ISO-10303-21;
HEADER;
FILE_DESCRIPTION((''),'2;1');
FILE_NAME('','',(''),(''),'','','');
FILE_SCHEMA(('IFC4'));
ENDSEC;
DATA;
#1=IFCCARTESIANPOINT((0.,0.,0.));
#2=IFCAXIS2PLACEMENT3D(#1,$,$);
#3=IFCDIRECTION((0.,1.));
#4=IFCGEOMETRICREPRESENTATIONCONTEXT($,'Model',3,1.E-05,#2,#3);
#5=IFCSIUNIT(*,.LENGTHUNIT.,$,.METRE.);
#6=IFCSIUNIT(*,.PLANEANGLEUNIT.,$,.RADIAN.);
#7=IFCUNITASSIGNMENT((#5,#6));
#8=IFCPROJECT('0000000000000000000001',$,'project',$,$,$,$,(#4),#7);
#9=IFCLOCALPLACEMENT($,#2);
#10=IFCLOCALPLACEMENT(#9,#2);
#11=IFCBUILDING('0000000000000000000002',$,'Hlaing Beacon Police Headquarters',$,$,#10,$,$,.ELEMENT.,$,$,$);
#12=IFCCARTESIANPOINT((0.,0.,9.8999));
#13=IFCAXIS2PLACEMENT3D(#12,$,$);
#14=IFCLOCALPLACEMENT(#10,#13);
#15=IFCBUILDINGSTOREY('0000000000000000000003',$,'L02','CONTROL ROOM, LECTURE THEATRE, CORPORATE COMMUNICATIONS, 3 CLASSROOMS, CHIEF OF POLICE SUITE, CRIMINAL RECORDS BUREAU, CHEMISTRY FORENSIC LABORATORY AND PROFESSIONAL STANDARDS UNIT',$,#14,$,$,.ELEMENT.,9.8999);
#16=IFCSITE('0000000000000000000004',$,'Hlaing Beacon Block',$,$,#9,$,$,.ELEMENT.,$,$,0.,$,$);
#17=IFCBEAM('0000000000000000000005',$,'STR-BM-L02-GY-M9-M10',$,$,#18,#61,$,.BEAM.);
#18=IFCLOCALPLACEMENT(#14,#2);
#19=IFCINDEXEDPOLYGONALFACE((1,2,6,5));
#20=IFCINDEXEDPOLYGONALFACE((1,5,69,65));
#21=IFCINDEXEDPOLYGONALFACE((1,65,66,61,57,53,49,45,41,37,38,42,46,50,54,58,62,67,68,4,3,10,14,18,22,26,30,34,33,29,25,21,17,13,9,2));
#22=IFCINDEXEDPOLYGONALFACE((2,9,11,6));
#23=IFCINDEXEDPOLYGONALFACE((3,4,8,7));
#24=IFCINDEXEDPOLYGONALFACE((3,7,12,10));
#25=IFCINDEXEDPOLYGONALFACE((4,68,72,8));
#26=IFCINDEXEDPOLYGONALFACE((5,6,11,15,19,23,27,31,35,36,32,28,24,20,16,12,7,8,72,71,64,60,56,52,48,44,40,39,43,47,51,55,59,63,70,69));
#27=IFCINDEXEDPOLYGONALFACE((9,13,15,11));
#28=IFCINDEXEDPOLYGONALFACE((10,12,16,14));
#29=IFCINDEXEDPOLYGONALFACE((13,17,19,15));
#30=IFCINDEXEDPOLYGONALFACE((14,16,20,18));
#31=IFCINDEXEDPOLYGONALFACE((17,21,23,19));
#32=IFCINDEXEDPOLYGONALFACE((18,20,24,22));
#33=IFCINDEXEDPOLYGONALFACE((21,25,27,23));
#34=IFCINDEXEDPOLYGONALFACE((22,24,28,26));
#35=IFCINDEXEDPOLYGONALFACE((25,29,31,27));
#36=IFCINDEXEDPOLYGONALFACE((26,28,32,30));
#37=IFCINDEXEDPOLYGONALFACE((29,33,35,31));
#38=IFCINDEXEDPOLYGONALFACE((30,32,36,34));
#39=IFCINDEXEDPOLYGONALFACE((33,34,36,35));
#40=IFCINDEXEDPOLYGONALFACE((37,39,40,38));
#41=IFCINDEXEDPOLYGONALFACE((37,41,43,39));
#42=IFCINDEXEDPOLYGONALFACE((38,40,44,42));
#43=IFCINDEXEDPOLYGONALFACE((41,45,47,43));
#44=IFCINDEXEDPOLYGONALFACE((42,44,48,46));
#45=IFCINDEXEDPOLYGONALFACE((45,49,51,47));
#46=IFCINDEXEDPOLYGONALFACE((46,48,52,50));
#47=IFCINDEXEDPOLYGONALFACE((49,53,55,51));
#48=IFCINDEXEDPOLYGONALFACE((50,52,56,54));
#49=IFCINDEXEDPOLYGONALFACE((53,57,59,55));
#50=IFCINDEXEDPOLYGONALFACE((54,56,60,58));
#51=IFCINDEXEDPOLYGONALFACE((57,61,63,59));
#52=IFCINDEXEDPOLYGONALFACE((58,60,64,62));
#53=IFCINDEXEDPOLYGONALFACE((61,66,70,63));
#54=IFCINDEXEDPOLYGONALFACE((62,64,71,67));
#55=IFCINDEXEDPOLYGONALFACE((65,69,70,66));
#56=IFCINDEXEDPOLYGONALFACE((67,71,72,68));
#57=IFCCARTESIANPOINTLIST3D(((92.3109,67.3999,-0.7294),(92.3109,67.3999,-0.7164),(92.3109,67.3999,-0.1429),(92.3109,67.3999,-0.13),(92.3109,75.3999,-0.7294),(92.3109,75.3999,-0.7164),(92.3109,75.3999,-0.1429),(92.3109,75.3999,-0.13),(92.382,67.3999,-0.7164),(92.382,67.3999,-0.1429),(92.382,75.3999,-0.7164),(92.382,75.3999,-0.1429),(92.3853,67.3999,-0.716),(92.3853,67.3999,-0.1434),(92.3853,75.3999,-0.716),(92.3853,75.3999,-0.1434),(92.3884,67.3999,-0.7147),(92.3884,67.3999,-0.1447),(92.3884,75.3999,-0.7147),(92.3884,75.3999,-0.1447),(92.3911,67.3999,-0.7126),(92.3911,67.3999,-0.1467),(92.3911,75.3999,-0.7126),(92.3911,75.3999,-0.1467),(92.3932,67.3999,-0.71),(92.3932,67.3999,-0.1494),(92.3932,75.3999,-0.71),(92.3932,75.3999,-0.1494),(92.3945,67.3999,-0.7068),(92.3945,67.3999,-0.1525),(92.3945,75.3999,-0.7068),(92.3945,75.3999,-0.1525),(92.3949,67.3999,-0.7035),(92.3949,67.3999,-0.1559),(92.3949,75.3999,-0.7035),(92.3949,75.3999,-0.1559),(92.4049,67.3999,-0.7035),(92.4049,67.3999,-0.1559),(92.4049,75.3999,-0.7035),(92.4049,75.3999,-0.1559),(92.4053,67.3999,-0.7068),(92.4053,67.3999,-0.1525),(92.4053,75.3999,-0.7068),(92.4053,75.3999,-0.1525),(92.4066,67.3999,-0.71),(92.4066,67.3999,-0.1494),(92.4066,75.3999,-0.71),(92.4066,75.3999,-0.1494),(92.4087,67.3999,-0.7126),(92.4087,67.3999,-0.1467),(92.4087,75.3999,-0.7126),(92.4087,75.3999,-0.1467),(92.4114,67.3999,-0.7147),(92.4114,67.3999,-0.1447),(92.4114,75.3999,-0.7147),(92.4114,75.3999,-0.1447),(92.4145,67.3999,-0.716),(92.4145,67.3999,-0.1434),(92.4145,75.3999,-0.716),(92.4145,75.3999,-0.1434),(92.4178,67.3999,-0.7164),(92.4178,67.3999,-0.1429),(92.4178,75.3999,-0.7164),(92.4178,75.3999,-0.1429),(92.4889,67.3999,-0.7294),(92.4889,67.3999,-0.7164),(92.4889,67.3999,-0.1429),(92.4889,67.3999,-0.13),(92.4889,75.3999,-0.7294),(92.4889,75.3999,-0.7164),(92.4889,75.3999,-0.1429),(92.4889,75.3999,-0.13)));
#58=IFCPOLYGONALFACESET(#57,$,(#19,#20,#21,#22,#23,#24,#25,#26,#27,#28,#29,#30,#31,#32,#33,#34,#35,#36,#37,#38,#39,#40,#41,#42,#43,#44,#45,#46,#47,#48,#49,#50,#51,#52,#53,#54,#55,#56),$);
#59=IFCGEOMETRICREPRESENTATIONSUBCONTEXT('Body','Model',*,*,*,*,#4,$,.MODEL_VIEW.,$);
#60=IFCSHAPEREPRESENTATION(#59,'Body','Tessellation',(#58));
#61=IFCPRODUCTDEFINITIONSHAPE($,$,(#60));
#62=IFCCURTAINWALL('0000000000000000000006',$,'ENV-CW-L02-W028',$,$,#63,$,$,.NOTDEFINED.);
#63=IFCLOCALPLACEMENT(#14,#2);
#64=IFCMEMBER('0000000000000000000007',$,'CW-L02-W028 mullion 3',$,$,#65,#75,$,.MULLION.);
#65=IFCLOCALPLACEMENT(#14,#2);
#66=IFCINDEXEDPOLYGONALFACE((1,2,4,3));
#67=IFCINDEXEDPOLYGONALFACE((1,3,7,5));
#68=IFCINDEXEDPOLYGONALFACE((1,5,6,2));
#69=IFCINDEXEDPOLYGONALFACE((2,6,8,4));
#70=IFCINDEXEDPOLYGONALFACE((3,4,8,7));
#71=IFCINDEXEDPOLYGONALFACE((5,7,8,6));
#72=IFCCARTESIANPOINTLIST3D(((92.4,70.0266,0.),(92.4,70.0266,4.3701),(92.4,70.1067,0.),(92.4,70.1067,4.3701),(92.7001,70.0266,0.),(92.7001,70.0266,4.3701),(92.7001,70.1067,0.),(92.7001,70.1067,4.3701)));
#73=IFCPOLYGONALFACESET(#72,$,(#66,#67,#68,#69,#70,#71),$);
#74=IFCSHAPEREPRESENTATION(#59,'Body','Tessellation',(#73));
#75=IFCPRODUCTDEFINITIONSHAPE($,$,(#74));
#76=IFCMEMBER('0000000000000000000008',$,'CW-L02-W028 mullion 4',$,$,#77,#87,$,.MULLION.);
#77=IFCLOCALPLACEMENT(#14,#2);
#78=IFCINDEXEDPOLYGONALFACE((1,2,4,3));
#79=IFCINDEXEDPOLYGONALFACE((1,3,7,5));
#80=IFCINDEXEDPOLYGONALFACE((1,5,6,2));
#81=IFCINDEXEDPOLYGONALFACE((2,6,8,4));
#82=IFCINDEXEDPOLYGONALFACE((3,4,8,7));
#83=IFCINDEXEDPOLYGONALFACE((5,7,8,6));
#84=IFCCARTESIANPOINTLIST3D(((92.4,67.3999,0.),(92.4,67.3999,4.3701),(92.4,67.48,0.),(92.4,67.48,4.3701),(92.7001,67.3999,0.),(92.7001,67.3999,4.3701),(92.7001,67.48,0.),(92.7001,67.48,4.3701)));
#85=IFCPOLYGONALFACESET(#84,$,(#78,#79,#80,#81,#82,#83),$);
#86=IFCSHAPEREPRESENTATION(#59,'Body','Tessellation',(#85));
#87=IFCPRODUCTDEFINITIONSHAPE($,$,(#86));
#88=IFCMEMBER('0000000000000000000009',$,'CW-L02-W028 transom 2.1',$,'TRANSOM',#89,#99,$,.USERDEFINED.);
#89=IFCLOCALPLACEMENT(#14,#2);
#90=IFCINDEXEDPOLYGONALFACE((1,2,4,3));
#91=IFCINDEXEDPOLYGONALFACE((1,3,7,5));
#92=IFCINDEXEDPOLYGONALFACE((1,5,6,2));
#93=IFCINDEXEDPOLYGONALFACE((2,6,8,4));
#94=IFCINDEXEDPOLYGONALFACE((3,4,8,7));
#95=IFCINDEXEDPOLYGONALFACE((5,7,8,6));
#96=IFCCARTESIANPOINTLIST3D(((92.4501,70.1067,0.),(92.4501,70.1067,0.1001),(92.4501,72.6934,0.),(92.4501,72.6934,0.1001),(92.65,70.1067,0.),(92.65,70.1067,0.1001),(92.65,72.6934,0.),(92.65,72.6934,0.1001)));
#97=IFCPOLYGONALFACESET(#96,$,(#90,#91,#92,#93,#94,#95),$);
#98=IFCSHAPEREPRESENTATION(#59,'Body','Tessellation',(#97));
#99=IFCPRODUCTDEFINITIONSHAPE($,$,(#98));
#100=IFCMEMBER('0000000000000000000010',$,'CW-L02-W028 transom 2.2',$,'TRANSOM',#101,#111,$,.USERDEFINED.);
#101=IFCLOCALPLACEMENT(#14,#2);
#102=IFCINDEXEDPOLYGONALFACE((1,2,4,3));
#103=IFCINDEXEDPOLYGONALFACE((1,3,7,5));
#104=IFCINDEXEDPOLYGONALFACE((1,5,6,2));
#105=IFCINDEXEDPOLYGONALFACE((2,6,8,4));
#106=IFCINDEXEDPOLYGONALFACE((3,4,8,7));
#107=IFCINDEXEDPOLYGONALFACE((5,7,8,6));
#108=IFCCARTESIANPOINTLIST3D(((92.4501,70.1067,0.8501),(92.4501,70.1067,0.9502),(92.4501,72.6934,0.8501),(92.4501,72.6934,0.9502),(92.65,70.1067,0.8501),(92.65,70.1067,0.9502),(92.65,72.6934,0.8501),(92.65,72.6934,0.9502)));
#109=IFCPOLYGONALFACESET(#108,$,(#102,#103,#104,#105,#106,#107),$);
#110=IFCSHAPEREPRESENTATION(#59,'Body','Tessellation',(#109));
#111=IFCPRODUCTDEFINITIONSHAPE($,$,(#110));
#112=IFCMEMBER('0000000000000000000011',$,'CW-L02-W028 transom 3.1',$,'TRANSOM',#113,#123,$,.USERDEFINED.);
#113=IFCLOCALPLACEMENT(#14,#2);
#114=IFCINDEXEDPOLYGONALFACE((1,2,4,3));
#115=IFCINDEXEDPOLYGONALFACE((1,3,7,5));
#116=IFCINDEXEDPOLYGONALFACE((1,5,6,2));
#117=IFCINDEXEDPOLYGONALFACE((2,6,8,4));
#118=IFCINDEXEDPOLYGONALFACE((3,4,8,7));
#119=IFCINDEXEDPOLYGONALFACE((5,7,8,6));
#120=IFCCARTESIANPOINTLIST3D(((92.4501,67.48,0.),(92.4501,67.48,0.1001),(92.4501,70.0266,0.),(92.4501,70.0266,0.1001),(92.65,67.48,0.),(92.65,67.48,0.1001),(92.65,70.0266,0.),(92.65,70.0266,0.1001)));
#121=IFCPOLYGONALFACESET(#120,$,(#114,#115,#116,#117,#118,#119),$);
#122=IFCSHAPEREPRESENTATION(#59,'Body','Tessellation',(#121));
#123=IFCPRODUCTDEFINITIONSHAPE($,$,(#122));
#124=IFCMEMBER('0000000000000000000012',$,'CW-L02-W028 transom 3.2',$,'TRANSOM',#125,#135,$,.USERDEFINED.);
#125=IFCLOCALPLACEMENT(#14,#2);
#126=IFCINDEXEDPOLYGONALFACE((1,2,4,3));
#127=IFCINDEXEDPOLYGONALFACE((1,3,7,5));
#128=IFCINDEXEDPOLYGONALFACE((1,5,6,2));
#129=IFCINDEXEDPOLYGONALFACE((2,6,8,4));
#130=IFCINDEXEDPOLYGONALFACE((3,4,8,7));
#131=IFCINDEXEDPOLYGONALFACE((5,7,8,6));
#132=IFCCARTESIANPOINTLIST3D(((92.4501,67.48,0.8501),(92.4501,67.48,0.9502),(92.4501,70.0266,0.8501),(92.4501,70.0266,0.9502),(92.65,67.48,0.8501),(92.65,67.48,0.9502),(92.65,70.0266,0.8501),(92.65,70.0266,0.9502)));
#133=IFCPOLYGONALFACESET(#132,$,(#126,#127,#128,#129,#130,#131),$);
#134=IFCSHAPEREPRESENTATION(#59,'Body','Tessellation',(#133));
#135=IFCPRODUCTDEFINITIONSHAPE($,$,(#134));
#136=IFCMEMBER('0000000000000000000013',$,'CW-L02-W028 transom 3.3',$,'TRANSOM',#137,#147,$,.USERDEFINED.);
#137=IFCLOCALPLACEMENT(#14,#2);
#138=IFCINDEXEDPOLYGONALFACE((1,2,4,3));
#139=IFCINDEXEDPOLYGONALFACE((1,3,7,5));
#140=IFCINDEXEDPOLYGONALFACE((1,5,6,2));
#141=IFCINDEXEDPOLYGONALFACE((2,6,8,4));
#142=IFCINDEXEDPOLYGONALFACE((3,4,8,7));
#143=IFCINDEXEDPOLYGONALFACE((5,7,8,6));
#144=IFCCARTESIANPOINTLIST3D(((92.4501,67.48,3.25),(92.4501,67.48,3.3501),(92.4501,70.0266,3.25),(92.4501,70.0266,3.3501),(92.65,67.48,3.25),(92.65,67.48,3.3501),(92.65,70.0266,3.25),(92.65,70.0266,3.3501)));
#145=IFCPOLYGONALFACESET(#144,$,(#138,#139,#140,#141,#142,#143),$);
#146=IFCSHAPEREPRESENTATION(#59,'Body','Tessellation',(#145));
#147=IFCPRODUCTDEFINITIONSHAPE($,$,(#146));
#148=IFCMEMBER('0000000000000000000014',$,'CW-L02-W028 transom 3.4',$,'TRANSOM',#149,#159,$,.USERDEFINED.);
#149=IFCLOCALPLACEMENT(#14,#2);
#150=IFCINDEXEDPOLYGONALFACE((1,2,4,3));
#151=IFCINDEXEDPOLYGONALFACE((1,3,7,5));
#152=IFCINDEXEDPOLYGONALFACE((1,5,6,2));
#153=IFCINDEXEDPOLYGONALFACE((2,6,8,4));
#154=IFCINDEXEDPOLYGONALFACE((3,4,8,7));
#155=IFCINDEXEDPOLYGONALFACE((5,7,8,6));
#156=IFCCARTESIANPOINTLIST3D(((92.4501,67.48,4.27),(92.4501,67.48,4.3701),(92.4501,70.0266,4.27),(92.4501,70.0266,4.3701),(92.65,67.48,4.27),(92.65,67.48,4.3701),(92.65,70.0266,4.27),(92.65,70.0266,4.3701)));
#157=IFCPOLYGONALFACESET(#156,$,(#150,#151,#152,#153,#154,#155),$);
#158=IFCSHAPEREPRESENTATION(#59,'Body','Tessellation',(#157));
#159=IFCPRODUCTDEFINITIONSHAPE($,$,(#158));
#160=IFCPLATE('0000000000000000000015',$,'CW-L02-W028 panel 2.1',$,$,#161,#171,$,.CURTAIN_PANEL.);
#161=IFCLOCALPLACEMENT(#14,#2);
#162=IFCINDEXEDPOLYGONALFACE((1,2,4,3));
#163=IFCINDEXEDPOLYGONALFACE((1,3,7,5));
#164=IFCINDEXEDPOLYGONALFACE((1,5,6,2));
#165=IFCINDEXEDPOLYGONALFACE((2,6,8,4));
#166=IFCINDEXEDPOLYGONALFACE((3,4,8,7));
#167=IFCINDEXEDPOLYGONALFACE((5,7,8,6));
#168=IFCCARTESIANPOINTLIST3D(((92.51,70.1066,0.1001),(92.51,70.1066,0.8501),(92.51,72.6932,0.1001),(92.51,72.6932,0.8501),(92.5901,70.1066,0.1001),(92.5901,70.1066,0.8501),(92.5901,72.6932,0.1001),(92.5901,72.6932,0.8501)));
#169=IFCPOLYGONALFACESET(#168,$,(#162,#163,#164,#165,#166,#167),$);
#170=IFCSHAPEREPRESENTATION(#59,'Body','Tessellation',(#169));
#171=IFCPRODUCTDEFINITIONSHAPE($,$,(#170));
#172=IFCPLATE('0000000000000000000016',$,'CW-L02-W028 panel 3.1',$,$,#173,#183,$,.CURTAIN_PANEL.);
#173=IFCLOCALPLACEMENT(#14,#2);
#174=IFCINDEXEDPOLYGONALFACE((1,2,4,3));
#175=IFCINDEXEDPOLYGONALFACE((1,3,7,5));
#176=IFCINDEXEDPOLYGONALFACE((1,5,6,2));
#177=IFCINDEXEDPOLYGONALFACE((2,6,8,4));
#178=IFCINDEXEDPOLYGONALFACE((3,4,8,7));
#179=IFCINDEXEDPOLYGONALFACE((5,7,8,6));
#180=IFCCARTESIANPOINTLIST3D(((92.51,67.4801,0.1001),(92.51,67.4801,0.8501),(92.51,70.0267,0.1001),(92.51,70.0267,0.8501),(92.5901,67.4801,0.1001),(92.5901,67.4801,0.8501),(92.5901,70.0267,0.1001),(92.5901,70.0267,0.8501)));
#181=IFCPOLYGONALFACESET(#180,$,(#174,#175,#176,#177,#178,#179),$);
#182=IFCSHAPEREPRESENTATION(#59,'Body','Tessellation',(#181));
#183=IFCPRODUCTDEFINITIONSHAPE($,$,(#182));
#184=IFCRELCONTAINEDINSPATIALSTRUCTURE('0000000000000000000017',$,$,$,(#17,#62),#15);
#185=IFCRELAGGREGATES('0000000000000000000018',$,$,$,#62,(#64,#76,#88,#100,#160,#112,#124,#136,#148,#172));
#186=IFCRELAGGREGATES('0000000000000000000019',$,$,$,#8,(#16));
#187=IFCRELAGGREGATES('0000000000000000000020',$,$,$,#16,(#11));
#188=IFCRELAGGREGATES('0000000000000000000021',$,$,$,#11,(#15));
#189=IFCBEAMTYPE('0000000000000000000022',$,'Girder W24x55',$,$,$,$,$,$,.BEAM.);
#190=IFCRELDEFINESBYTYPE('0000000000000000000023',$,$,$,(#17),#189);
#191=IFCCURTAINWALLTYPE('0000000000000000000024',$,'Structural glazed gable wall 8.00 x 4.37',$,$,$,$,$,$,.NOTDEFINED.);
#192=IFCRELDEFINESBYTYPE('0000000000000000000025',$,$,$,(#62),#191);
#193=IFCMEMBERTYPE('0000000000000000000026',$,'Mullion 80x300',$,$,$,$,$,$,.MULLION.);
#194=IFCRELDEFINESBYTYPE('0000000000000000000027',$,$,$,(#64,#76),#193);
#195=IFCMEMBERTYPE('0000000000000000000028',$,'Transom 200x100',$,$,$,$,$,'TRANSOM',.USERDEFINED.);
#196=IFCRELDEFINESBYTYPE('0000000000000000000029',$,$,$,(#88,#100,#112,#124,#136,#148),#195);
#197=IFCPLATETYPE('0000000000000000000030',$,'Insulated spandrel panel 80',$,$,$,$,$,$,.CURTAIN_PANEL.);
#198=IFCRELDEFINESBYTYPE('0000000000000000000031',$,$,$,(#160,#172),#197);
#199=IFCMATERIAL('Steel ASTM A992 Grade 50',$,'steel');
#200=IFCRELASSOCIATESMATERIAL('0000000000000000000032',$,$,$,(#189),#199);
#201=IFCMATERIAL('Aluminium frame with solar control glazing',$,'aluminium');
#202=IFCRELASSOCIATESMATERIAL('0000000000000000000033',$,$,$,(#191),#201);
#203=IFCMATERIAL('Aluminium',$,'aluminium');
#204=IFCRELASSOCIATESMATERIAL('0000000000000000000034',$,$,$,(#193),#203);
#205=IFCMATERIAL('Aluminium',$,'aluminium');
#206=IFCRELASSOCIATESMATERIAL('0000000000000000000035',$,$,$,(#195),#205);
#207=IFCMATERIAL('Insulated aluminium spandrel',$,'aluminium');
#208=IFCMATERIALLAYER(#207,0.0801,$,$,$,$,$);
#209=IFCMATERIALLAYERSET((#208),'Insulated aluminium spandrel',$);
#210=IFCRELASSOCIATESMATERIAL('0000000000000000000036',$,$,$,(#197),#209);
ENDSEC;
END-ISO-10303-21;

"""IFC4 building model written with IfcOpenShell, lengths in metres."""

from ifc_helpers import new_model, si_unit, direction, frame, origin, origin_2d, place, context, subcontext, project, spatial, rectangle, i_section, extrude, material, layer, layer_set, material_profile, profile_set, type_object, element, aggregate, save


model = new_model("IFC4")

# Units and contexts
model_context = context("Model", 3, precision=1e-05, world=origin(), true_north=direction((0.0, 1.0)))
body_context = subcontext(model_context, "Body", "Model", "MODEL_VIEW")
ifc_project = project(units=[si_unit("LENGTHUNIT", "METRE"), si_unit("PLANEANGLEUNIT", "RADIAN")], contexts=[model_context])

# Site, building, storey
site_placement = place(None, origin())
site = spatial("IfcSite", under=ifc_project, at=site_placement, Name="Hlaing Beacon Block", CompositionType="ELEMENT", RefElevation=0.0)
building_placement = place(site_placement, origin())
building = spatial("IfcBuilding", under=site, at=building_placement, Name="Hlaing Beacon Police Headquarters", CompositionType="ELEMENT")
storey_placement = place(building_placement, frame((0.0, 0.0, 9.8999)))
storey = spatial("IfcBuildingStorey", under=building, at=storey_placement, Name="L02", Description="CONTROL ROOM, LECTURE THEATRE, CORPORATE COMMUNICATIONS, 3 CLASSROOMS, CHIEF OF POLICE SUITE, CRIMINAL RECORDS BUREAU, CHEMISTRY FORENSIC LABORATORY AND PROFESSIONAL STANDARDS UNIT", CompositionType="ELEMENT", Elevation=9.8999)

# Beam
ifc_material_1 = material(Name="Steel ASTM A992 Grade 50", Category="steel")
ifc_material_profile_1 = material_profile(ifc_material_1, i_section(OverallWidth=0.178, OverallDepth=0.5994, WebThickness=0.01, FlangeThickness=0.0129, FilletRadius=0.0129, at=origin_2d()), Name="W24x55")
ifc_profile_set_1 = profile_set([ifc_material_profile_1], Name="Steel ASTM A992 Grade 50")
beam_type = type_object("IfcBeamType", Name="Girder W24x55", PredefinedType="BEAM", material=ifc_profile_set_1)
beam_placement = place(storey_placement, frame((92.3999, 67.3999, -0.4297), z_axis=(0.0, 1.0, 0.0), x_axis=(-1.0, 0.0, 0.0)))
element("IfcBeam", 1, at=beam_placement, inside=storey, type_object=beam_type, Name="STR-BM-L02-GY-M9-M10", PredefinedType="BEAM", context=body_context, shape_type="SweptSolid", body=[
    extrude(i_section(OverallWidth=0.178, OverallDepth=0.5994, WebThickness=0.01, FlangeThickness=0.0129, FilletRadius=0.0129, at=origin_2d()), origin(), (0.0, 0.0, 1.0), 8.0),
])

# Curtain wall, members, plates
ifc_material_2 = material(Name="Aluminium frame with solar control glazing", Category="aluminium")
curtain_wall_type = type_object("IfcCurtainWallType", Name="Structural glazed gable wall 8.00 x 4.37", PredefinedType="NOTDEFINED", material=ifc_material_2)
curtain_wall_placement = place(storey_placement, origin())
curtain_wall = element("IfcCurtainWall", 2, at=curtain_wall_placement, inside=storey, type_object=curtain_wall_type, Name="ENV-CW-L02-W028", PredefinedType="NOTDEFINED")
ifc_material_3 = material(Name="Aluminium", Category="aluminium")
ifc_material_profile_2 = material_profile(ifc_material_3, rectangle(XDim=0.3, YDim=0.0801, at=origin_2d()), Name="Mullion 80x300")
ifc_profile_set_2 = profile_set([ifc_material_profile_2], Name="Aluminium")
member_type_1 = type_object("IfcMemberType", Name="Mullion 80x300", PredefinedType="MULLION", material=ifc_profile_set_2)
member_1_placement = place(storey_placement, frame((92.55, 70.0667, 0.0), z_axis=(0.0, 0.0, 1.0), x_axis=(1.0, 0.0, 0.0)))
member_1 = element("IfcMember", 3, at=member_1_placement, type_object=member_type_1, Name="CW-L02-W028 mullion 3", PredefinedType="MULLION", context=body_context, shape_type="SweptSolid", body=[
    extrude(rectangle(XDim=0.3, YDim=0.0801, at=origin_2d()), origin(), (0.0, 0.0, 1.0), 4.3701),
])
member_2_placement = place(storey_placement, frame((92.55, 67.4399, 0.0), z_axis=(0.0, 0.0, 1.0), x_axis=(1.0, 0.0, 0.0)))
member_2 = element("IfcMember", 4, at=member_2_placement, type_object=member_type_1, Name="CW-L02-W028 mullion 4", PredefinedType="MULLION", context=body_context, shape_type="SweptSolid", body=[
    extrude(rectangle(XDim=0.3, YDim=0.0801, at=origin_2d()), origin(), (0.0, 0.0, 1.0), 4.3701),
])
ifc_material_4 = material(Name="Aluminium", Category="aluminium")
ifc_material_profile_3 = material_profile(ifc_material_4, rectangle(XDim=0.2, YDim=0.1001, at=origin_2d()), Name="Transom 200x100")
ifc_profile_set_3 = profile_set([ifc_material_profile_3], Name="Aluminium")
member_type_2 = type_object("IfcMemberType", Name="Transom 200x100", ElementType="TRANSOM", PredefinedType="USERDEFINED", material=ifc_profile_set_3)
member_3_placement = place(storey_placement, frame((92.55, 72.6934, 0.05), z_axis=(0.0, -1.0, 0.0), x_axis=(1.0, 0.0, 0.0)))
member_3 = element("IfcMember", 5, at=member_3_placement, type_object=member_type_2, Name="CW-L02-W028 transom 2.1", ObjectType="TRANSOM", PredefinedType="USERDEFINED", context=body_context, shape_type="SweptSolid", body=[
    extrude(rectangle(XDim=0.2, YDim=0.1001, at=origin_2d()), origin(), (0.0, 0.0, 1.0), 2.5867),
])
member_4_placement = place(storey_placement, frame((92.55, 72.6934, 0.9001), z_axis=(0.0, -1.0, 0.0), x_axis=(1.0, 0.0, 0.0)))
member_4 = element("IfcMember", 6, at=member_4_placement, type_object=member_type_2, Name="CW-L02-W028 transom 2.2", ObjectType="TRANSOM", PredefinedType="USERDEFINED", context=body_context, shape_type="SweptSolid", body=[
    extrude(rectangle(XDim=0.2, YDim=0.1001, at=origin_2d()), origin(), (0.0, 0.0, 1.0), 2.5867),
])
member_5_placement = place(storey_placement, frame((92.55, 70.0266, 0.05), z_axis=(0.0, -1.0, 0.0), x_axis=(1.0, 0.0, 0.0)))
member_5 = element("IfcMember", 7, at=member_5_placement, type_object=member_type_2, Name="CW-L02-W028 transom 3.1", ObjectType="TRANSOM", PredefinedType="USERDEFINED", context=body_context, shape_type="SweptSolid", body=[
    extrude(rectangle(XDim=0.2, YDim=0.1001, at=origin_2d()), origin(), (0.0, 0.0, 1.0), 2.5466),
])
member_6_placement = place(storey_placement, frame((92.55, 70.0266, 0.9001), z_axis=(0.0, -1.0, 0.0), x_axis=(1.0, 0.0, 0.0)))
member_6 = element("IfcMember", 8, at=member_6_placement, type_object=member_type_2, Name="CW-L02-W028 transom 3.2", ObjectType="TRANSOM", PredefinedType="USERDEFINED", context=body_context, shape_type="SweptSolid", body=[
    extrude(rectangle(XDim=0.2, YDim=0.1001, at=origin_2d()), origin(), (0.0, 0.0, 1.0), 2.5466),
])
member_7_placement = place(storey_placement, frame((92.55, 70.0266, 3.3), z_axis=(0.0, -1.0, 0.0), x_axis=(1.0, 0.0, 0.0)))
member_7 = element("IfcMember", 9, at=member_7_placement, type_object=member_type_2, Name="CW-L02-W028 transom 3.3", ObjectType="TRANSOM", PredefinedType="USERDEFINED", context=body_context, shape_type="SweptSolid", body=[
    extrude(rectangle(XDim=0.2, YDim=0.1001, at=origin_2d()), origin(), (0.0, 0.0, 1.0), 2.5466),
])
member_8_placement = place(storey_placement, frame((92.55, 70.0266, 4.3201), z_axis=(0.0, -1.0, 0.0), x_axis=(1.0, 0.0, 0.0)))
member_8 = element("IfcMember", 10, at=member_8_placement, type_object=member_type_2, Name="CW-L02-W028 transom 3.4", ObjectType="TRANSOM", PredefinedType="USERDEFINED", context=body_context, shape_type="SweptSolid", body=[
    extrude(rectangle(XDim=0.2, YDim=0.1001, at=origin_2d()), origin(), (0.0, 0.0, 1.0), 2.5466),
])
ifc_material_5 = material(Name="Insulated aluminium spandrel", Category="aluminium")
ifc_layer_1 = layer(ifc_material_5, 0.0801)
ifc_layer_set_1 = layer_set([ifc_layer_1], Name="Insulated aluminium spandrel")
plate_type_1 = type_object("IfcPlateType", Name="Insulated spandrel panel 80", PredefinedType="CURTAIN_PANEL", material=ifc_layer_set_1)
plate_1_placement = place(storey_placement, frame((92.55, 71.3999, 0.1001), z_axis=(0.0, 0.0, 1.0), x_axis=(0.0, -1.0, 0.0)))
plate_1 = element("IfcPlate", 11, at=plate_1_placement, type_object=plate_type_1, Name="CW-L02-W028 panel 2.1", PredefinedType="CURTAIN_PANEL", context=body_context, shape_type="SweptSolid", body=[
    extrude(rectangle(XDim=2.5867, YDim=0.0801, at=origin_2d()), origin(), (0.0, 0.0, 1.0), 0.75),
])
plate_2_placement = place(storey_placement, frame((92.55, 68.7534, 0.1001), z_axis=(0.0, 0.0, 1.0), x_axis=(0.0, -1.0, 0.0)))
plate_2 = element("IfcPlate", 12, at=plate_2_placement, type_object=plate_type_1, Name="CW-L02-W028 panel 3.1", PredefinedType="CURTAIN_PANEL", context=body_context, shape_type="SweptSolid", body=[
    extrude(rectangle(XDim=2.5466, YDim=0.0801, at=origin_2d()), origin(), (0.0, 0.0, 1.0), 0.75),
])
aggregate(curtain_wall, [member_1, member_2, member_3, member_4, plate_1, member_5, member_6, member_7, member_8, plate_2])

save(model, "model.ifc")
